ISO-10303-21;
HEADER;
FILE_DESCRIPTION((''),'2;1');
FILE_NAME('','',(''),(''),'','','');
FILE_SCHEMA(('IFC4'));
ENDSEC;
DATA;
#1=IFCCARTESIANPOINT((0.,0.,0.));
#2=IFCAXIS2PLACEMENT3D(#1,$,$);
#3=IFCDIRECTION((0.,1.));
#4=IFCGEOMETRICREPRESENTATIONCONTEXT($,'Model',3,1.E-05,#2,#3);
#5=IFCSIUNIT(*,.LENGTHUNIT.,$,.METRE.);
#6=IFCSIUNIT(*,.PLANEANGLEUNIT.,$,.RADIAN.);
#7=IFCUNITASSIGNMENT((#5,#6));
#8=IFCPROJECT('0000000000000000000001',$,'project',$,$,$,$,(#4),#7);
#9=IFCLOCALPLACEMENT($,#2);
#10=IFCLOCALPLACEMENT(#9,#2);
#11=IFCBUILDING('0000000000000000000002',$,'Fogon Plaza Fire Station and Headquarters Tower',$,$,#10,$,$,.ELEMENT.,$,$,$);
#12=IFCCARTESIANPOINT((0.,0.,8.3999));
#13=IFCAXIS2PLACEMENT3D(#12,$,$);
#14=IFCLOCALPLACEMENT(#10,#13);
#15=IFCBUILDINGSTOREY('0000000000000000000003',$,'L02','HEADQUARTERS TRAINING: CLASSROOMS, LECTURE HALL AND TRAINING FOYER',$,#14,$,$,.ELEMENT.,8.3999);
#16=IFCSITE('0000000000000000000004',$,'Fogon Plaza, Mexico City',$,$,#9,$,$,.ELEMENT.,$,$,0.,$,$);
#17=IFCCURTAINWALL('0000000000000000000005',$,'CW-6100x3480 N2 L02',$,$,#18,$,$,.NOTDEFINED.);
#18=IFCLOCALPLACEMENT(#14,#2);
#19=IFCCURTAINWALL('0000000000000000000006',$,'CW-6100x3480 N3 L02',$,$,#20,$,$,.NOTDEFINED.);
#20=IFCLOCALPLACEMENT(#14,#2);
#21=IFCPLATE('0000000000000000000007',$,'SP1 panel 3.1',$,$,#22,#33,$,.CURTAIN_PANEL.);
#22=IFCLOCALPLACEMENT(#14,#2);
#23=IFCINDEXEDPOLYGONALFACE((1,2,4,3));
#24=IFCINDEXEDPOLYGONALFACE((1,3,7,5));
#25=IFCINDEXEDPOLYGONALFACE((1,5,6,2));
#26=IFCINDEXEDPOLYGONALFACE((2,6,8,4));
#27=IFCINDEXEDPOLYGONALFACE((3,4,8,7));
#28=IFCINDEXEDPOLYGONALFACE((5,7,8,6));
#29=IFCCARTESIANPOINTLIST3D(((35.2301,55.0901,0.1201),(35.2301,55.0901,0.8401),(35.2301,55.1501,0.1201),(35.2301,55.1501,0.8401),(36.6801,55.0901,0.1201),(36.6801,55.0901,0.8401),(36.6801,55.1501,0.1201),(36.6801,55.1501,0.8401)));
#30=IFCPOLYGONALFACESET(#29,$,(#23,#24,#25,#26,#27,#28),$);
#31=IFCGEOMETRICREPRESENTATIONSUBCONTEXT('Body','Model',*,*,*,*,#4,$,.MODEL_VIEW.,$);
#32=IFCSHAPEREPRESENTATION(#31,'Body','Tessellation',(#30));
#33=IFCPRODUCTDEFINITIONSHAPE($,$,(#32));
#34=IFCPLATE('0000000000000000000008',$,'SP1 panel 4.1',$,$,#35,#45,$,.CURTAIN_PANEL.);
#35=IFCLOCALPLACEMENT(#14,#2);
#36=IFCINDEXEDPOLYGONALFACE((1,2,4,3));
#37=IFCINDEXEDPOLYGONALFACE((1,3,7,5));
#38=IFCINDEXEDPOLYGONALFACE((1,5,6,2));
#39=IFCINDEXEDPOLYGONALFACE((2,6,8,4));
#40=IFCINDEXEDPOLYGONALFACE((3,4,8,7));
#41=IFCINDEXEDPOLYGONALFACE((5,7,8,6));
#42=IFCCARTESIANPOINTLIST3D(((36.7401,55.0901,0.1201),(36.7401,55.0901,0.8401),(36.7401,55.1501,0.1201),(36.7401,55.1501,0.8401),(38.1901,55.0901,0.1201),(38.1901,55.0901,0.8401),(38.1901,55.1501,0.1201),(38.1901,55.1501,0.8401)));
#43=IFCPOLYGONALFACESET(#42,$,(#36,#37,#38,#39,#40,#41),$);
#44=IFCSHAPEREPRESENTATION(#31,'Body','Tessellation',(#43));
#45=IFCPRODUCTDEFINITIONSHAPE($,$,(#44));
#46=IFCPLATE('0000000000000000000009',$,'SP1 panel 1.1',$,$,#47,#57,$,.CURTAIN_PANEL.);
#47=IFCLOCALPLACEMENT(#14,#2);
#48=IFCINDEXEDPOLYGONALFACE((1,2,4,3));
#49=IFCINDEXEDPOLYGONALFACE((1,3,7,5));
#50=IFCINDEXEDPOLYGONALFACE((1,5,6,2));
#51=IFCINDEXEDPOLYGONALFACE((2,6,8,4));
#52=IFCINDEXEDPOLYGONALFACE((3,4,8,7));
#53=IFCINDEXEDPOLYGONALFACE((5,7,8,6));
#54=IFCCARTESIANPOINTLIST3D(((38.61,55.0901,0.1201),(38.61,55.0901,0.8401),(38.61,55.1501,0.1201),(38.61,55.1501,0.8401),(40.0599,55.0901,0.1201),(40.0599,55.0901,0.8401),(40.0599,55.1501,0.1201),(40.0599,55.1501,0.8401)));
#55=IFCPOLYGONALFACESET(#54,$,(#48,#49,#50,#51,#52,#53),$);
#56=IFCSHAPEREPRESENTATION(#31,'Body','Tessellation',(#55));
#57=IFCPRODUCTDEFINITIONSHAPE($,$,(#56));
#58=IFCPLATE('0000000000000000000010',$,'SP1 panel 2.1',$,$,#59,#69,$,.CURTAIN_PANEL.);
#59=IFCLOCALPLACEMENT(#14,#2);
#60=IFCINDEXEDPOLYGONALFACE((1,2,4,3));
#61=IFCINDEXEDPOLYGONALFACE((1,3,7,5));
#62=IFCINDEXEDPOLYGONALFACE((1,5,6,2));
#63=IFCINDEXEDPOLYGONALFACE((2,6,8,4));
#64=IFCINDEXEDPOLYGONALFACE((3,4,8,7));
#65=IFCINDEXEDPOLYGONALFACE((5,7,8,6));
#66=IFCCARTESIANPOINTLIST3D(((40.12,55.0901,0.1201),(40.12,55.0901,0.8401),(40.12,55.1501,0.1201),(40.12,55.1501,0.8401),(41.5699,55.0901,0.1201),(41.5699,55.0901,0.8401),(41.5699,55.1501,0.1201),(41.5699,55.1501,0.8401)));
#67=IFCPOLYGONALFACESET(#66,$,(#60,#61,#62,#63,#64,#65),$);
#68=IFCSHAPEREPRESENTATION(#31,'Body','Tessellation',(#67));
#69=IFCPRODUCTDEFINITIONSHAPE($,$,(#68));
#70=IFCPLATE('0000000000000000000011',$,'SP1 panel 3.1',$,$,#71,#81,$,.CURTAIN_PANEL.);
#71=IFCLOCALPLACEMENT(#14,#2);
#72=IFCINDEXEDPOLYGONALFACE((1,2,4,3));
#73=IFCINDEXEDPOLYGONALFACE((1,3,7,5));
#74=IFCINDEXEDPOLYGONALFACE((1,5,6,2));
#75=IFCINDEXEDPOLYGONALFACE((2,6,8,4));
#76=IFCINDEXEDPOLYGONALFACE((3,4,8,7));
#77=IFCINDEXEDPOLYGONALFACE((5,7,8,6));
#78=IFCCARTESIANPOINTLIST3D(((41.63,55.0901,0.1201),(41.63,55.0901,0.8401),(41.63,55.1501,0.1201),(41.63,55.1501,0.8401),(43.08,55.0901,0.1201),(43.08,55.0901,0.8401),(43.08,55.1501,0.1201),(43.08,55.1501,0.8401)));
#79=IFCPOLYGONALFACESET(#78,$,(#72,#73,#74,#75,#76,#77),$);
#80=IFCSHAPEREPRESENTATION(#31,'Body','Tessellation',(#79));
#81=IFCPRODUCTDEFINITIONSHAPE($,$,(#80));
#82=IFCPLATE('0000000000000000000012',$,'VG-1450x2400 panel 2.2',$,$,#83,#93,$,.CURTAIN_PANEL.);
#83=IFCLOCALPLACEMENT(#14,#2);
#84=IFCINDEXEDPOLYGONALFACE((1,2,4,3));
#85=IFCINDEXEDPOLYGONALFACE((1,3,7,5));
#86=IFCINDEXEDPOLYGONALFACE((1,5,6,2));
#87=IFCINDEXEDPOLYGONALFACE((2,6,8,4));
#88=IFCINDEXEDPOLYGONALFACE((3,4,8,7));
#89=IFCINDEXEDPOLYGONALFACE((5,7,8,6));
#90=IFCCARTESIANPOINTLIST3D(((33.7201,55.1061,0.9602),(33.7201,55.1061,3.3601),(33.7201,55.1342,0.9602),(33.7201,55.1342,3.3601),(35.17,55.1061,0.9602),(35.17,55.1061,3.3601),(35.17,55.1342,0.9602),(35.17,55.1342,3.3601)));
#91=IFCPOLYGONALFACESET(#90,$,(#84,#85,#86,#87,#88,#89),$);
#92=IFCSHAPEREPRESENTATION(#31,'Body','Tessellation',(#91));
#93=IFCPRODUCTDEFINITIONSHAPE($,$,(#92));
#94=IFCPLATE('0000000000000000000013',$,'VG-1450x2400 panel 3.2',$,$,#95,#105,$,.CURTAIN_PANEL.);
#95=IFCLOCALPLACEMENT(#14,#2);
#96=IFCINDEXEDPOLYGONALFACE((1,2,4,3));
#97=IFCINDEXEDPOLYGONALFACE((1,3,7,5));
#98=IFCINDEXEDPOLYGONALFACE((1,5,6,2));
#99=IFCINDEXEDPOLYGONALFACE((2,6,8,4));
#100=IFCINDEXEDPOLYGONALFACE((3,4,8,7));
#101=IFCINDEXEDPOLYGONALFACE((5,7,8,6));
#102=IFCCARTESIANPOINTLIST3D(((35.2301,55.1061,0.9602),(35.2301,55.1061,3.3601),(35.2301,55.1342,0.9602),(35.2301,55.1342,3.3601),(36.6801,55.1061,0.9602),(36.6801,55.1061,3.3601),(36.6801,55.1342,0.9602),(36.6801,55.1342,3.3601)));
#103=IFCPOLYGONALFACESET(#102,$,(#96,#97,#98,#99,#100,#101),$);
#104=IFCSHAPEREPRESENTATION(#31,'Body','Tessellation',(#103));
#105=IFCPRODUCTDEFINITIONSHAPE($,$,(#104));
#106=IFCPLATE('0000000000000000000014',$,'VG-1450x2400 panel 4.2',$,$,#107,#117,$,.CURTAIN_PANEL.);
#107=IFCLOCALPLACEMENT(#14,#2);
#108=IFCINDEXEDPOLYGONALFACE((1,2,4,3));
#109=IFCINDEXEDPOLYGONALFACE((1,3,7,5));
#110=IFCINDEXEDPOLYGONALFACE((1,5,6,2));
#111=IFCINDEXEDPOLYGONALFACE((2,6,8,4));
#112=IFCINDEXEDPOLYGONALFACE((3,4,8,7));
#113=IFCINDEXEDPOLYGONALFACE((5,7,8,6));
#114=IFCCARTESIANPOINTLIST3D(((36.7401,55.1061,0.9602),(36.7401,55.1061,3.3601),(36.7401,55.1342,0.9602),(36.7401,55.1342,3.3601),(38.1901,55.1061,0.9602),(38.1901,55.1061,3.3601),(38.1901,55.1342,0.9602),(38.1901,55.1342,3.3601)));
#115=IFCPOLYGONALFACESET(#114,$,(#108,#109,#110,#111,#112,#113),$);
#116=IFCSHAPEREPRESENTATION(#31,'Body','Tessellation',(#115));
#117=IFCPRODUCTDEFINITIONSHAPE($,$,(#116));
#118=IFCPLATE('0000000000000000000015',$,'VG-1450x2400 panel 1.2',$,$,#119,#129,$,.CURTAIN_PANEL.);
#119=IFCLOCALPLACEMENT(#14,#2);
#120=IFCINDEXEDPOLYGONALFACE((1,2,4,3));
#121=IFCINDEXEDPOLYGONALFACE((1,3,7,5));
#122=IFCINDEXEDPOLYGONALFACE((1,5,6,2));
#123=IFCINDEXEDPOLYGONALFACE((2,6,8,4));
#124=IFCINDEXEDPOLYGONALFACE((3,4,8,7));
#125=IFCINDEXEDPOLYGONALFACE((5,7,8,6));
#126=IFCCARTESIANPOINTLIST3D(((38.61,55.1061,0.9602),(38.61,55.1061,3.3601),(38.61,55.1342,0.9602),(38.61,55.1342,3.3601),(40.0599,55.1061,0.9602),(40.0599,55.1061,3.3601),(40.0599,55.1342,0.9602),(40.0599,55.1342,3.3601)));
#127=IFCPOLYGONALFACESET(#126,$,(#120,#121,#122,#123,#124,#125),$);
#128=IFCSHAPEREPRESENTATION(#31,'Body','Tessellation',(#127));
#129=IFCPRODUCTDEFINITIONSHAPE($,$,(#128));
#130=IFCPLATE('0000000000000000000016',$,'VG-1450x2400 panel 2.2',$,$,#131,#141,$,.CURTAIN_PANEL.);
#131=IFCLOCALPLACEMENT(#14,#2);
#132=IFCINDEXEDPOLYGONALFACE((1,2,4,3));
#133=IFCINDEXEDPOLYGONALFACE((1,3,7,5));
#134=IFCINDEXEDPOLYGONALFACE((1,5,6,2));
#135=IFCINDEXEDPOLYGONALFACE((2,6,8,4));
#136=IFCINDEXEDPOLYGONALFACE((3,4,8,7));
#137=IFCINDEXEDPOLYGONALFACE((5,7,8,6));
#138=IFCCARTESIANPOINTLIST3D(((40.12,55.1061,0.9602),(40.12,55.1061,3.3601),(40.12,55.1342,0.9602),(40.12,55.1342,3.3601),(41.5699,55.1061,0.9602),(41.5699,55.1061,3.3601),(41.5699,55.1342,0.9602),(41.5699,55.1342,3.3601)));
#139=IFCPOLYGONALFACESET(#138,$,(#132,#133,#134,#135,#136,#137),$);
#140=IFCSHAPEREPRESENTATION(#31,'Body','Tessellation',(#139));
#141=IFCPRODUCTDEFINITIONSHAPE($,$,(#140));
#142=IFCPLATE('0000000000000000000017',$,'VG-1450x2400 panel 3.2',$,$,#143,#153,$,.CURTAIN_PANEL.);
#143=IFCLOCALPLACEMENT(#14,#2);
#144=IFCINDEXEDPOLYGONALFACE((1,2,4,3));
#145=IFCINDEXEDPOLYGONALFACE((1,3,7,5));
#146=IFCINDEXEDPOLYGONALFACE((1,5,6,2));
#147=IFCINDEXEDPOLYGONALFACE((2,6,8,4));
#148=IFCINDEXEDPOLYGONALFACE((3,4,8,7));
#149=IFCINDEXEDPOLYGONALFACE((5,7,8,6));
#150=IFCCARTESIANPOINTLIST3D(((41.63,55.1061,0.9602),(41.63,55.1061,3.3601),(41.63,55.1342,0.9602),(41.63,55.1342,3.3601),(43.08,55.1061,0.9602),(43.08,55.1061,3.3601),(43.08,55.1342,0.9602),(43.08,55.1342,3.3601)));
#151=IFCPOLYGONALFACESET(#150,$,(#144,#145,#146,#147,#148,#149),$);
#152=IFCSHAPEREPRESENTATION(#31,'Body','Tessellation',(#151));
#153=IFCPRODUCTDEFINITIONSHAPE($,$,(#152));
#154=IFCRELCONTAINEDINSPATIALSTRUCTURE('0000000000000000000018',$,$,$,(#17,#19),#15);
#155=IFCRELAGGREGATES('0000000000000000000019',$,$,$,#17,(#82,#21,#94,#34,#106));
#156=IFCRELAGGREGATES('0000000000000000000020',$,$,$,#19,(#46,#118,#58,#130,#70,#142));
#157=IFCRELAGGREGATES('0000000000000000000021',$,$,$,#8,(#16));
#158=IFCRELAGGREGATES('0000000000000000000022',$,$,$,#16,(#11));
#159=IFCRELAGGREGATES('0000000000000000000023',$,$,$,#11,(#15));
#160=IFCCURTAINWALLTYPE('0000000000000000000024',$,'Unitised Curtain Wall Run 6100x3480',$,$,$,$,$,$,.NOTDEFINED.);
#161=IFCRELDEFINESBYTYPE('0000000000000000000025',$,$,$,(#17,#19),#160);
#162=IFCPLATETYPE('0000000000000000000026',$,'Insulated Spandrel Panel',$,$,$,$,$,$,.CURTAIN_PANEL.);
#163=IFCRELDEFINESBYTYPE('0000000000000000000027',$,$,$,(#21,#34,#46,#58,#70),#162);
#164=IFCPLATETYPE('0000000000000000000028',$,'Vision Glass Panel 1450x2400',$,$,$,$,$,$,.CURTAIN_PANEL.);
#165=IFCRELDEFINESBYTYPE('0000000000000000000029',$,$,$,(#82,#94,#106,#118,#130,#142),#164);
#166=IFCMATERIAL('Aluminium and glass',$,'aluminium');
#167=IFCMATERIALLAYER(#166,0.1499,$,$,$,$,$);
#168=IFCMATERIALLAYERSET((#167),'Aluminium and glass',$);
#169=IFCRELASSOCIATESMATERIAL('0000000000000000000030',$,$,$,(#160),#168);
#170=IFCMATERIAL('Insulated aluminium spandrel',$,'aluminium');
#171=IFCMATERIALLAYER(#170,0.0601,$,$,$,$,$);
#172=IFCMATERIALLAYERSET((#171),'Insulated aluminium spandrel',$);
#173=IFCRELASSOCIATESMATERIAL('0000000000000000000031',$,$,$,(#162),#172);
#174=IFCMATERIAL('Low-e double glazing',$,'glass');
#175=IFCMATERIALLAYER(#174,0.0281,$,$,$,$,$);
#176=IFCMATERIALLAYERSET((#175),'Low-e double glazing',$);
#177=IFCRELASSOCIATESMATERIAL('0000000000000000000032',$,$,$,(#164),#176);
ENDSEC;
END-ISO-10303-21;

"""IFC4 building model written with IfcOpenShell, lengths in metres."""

from ifc_helpers import new_model, si_unit, direction, frame, origin, origin_2d, place, context, subcontext, project, spatial, rectangle, extrude, material, layer, layer_set, type_object, element, aggregate, save


model = new_model("IFC4")

# Units and contexts
model_context = context("Model", 3, precision=1e-05, world=origin(), true_north=direction((0.0, 1.0)))
body_context = subcontext(model_context, "Body", "Model", "MODEL_VIEW")
ifc_project = project(units=[si_unit("LENGTHUNIT", "METRE"), si_unit("PLANEANGLEUNIT", "RADIAN")], contexts=[model_context])

# Site, building, storey
site_placement = place(None, origin())
site = spatial("IfcSite", under=ifc_project, at=site_placement, Name="Fogon Plaza, Mexico City", CompositionType="ELEMENT", RefElevation=0.0)
building_placement = place(site_placement, origin())
building = spatial("IfcBuilding", under=site, at=building_placement, Name="Fogon Plaza Fire Station and Headquarters Tower", CompositionType="ELEMENT")
storey_placement = place(building_placement, frame((0.0, 0.0, 8.3999)))
storey = spatial("IfcBuildingStorey", under=building, at=storey_placement, Name="L02", Description="HEADQUARTERS TRAINING: CLASSROOMS, LECTURE HALL AND TRAINING FOYER", CompositionType="ELEMENT", Elevation=8.3999)

# Curtain walls
ifc_material_1 = material(Name="Aluminium and glass", Category="aluminium")
ifc_layer_1 = layer(ifc_material_1, 0.1499)
ifc_layer_set_1 = layer_set([ifc_layer_1], Name="Aluminium and glass")
curtain_wall_type = type_object("IfcCurtainWallType", Name="Unitised Curtain Wall Run 6100x3480", PredefinedType="NOTDEFINED", material=ifc_layer_set_1)
curtain_wall_1_placement = place(storey_placement, origin())
curtain_wall_1 = element("IfcCurtainWall", 1, at=curtain_wall_1_placement, inside=storey, type_object=curtain_wall_type, Name="CW-6100x3480 N2 L02", PredefinedType="NOTDEFINED")
curtain_wall_2_placement = place(storey_placement, origin())
curtain_wall_2 = element("IfcCurtainWall", 2, at=curtain_wall_2_placement, inside=storey, type_object=curtain_wall_type, Name="CW-6100x3480 N3 L02", PredefinedType="NOTDEFINED")

# Plates
ifc_material_2 = material(Name="Insulated aluminium spandrel", Category="aluminium")
ifc_layer_2 = layer(ifc_material_2, 0.0601)
ifc_layer_set_2 = layer_set([ifc_layer_2], Name="Insulated aluminium spandrel")
plate_type_1 = type_object("IfcPlateType", Name="Insulated Spandrel Panel", PredefinedType="CURTAIN_PANEL", material=ifc_layer_set_2)
plate_1_placement = place(storey_placement, frame((35.9551, 55.1201, 0.1201), z_axis=(0.0, 0.0, 1.0), x_axis=(1.0, 0.0, 0.0)))
plate_1 = element("IfcPlate", 3, at=plate_1_placement, type_object=plate_type_1, Name="SP1 panel 3.1", PredefinedType="CURTAIN_PANEL", context=body_context, shape_type="SweptSolid", body=[
    extrude(rectangle(XDim=1.45, YDim=0.0601, at=origin_2d()), origin(), (0.0, 0.0, 1.0), 0.72),
])
plate_2_placement = place(storey_placement, frame((37.4651, 55.1201, 0.1201), z_axis=(0.0, 0.0, 1.0), x_axis=(1.0, 0.0, 0.0)))
plate_2 = element("IfcPlate", 4, at=plate_2_placement, type_object=plate_type_1, Name="SP1 panel 4.1", PredefinedType="CURTAIN_PANEL", context=body_context, shape_type="SweptSolid", body=[
    extrude(rectangle(XDim=1.45, YDim=0.0601, at=origin_2d()), origin(), (0.0, 0.0, 1.0), 0.72),
])
plate_3_placement = place(storey_placement, frame((39.335, 55.1201, 0.1201), z_axis=(0.0, 0.0, 1.0), x_axis=(1.0, 0.0, 0.0)))
plate_3 = element("IfcPlate", 5, at=plate_3_placement, type_object=plate_type_1, Name="SP1 panel 1.1", PredefinedType="CURTAIN_PANEL", context=body_context, shape_type="SweptSolid", body=[
    extrude(rectangle(XDim=1.45, YDim=0.0601, at=origin_2d()), origin(), (0.0, 0.0, 1.0), 0.72),
])
plate_4_placement = place(storey_placement, frame((40.845, 55.1201, 0.1201), z_axis=(0.0, 0.0, 1.0), x_axis=(1.0, 0.0, 0.0)))
plate_4 = element("IfcPlate", 6, at=plate_4_placement, type_object=plate_type_1, Name="SP1 panel 2.1", PredefinedType="CURTAIN_PANEL", context=body_context, shape_type="SweptSolid", body=[
    extrude(rectangle(XDim=1.45, YDim=0.0601, at=origin_2d()), origin(), (0.0, 0.0, 1.0), 0.72),
])
plate_5_placement = place(storey_placement, frame((42.355, 55.1201, 0.1201), z_axis=(0.0, 0.0, 1.0), x_axis=(1.0, 0.0, 0.0)))
plate_5 = element("IfcPlate", 7, at=plate_5_placement, type_object=plate_type_1, Name="SP1 panel 3.1", PredefinedType="CURTAIN_PANEL", context=body_context, shape_type="SweptSolid", body=[
    extrude(rectangle(XDim=1.45, YDim=0.0601, at=origin_2d()), origin(), (0.0, 0.0, 1.0), 0.72),
])
ifc_material_3 = material(Name="Low-e double glazing", Category="glass")
ifc_layer_3 = layer(ifc_material_3, 0.0281)
ifc_layer_set_3 = layer_set([ifc_layer_3], Name="Low-e double glazing")
plate_type_2 = type_object("IfcPlateType", Name="Vision Glass Panel 1450x2400", PredefinedType="CURTAIN_PANEL", material=ifc_layer_set_3)
plate_6_placement = place(storey_placement, frame((34.4451, 55.1201, 0.9602), z_axis=(0.0, 0.0, 1.0), x_axis=(1.0, 0.0, 0.0)))
plate_6 = element("IfcPlate", 8, at=plate_6_placement, type_object=plate_type_2, Name="VG-1450x2400 panel 2.2", PredefinedType="CURTAIN_PANEL", context=body_context, shape_type="SweptSolid", body=[
    extrude(rectangle(XDim=1.45, YDim=0.0281, at=origin_2d()), origin(), (0.0, 0.0, 1.0), 2.3999),
])
plate_7_placement = place(storey_placement, frame((35.9551, 55.1201, 0.9602), z_axis=(0.0, 0.0, 1.0), x_axis=(1.0, 0.0, 0.0)))
plate_7 = element("IfcPlate", 9, at=plate_7_placement, type_object=plate_type_2, Name="VG-1450x2400 panel 3.2", PredefinedType="CURTAIN_PANEL", context=body_context, shape_type="SweptSolid", body=[
    extrude(rectangle(XDim=1.45, YDim=0.0281, at=origin_2d()), origin(), (0.0, 0.0, 1.0), 2.3999),
])
plate_8_placement = place(storey_placement, frame((37.4651, 55.1201, 0.9602), z_axis=(0.0, 0.0, 1.0), x_axis=(1.0, 0.0, 0.0)))
plate_8 = element("IfcPlate", 10, at=plate_8_placement, type_object=plate_type_2, Name="VG-1450x2400 panel 4.2", PredefinedType="CURTAIN_PANEL", context=body_context, shape_type="SweptSolid", body=[
    extrude(rectangle(XDim=1.45, YDim=0.0281, at=origin_2d()), origin(), (0.0, 0.0, 1.0), 2.3999),
])
aggregate(curtain_wall_1, [plate_6, plate_1, plate_7, plate_2, plate_8])
plate_9_placement = place(storey_placement, frame((39.335, 55.1201, 0.9602), z_axis=(0.0, 0.0, 1.0), x_axis=(1.0, 0.0, 0.0)))
plate_9 = element("IfcPlate", 11, at=plate_9_placement, type_object=plate_type_2, Name="VG-1450x2400 panel 1.2", PredefinedType="CURTAIN_PANEL", context=body_context, shape_type="SweptSolid", body=[
    extrude(rectangle(XDim=1.45, YDim=0.0281, at=origin_2d()), origin(), (0.0, 0.0, 1.0), 2.3999),
])
plate_10_placement = place(storey_placement, frame((40.845, 55.1201, 0.9602), z_axis=(0.0, 0.0, 1.0), x_axis=(1.0, 0.0, 0.0)))
plate_10 = element("IfcPlate", 12, at=plate_10_placement, type_object=plate_type_2, Name="VG-1450x2400 panel 2.2", PredefinedType="CURTAIN_PANEL", context=body_context, shape_type="SweptSolid", body=[
    extrude(rectangle(XDim=1.45, YDim=0.0281, at=origin_2d()), origin(), (0.0, 0.0, 1.0), 2.3999),
])
plate_11_placement = place(storey_placement, frame((42.355, 55.1201, 0.9602), z_axis=(0.0, 0.0, 1.0), x_axis=(1.0, 0.0, 0.0)))
plate_11 = element("IfcPlate", 13, at=plate_11_placement, type_object=plate_type_2, Name="VG-1450x2400 panel 3.2", PredefinedType="CURTAIN_PANEL", context=body_context, shape_type="SweptSolid", body=[
    extrude(rectangle(XDim=1.45, YDim=0.0281, at=origin_2d()), origin(), (0.0, 0.0, 1.0), 2.3999),
])
aggregate(curtain_wall_2, [plate_3, plate_9, plate_4, plate_10, plate_5, plate_11])

save(model, "model.ifc")
